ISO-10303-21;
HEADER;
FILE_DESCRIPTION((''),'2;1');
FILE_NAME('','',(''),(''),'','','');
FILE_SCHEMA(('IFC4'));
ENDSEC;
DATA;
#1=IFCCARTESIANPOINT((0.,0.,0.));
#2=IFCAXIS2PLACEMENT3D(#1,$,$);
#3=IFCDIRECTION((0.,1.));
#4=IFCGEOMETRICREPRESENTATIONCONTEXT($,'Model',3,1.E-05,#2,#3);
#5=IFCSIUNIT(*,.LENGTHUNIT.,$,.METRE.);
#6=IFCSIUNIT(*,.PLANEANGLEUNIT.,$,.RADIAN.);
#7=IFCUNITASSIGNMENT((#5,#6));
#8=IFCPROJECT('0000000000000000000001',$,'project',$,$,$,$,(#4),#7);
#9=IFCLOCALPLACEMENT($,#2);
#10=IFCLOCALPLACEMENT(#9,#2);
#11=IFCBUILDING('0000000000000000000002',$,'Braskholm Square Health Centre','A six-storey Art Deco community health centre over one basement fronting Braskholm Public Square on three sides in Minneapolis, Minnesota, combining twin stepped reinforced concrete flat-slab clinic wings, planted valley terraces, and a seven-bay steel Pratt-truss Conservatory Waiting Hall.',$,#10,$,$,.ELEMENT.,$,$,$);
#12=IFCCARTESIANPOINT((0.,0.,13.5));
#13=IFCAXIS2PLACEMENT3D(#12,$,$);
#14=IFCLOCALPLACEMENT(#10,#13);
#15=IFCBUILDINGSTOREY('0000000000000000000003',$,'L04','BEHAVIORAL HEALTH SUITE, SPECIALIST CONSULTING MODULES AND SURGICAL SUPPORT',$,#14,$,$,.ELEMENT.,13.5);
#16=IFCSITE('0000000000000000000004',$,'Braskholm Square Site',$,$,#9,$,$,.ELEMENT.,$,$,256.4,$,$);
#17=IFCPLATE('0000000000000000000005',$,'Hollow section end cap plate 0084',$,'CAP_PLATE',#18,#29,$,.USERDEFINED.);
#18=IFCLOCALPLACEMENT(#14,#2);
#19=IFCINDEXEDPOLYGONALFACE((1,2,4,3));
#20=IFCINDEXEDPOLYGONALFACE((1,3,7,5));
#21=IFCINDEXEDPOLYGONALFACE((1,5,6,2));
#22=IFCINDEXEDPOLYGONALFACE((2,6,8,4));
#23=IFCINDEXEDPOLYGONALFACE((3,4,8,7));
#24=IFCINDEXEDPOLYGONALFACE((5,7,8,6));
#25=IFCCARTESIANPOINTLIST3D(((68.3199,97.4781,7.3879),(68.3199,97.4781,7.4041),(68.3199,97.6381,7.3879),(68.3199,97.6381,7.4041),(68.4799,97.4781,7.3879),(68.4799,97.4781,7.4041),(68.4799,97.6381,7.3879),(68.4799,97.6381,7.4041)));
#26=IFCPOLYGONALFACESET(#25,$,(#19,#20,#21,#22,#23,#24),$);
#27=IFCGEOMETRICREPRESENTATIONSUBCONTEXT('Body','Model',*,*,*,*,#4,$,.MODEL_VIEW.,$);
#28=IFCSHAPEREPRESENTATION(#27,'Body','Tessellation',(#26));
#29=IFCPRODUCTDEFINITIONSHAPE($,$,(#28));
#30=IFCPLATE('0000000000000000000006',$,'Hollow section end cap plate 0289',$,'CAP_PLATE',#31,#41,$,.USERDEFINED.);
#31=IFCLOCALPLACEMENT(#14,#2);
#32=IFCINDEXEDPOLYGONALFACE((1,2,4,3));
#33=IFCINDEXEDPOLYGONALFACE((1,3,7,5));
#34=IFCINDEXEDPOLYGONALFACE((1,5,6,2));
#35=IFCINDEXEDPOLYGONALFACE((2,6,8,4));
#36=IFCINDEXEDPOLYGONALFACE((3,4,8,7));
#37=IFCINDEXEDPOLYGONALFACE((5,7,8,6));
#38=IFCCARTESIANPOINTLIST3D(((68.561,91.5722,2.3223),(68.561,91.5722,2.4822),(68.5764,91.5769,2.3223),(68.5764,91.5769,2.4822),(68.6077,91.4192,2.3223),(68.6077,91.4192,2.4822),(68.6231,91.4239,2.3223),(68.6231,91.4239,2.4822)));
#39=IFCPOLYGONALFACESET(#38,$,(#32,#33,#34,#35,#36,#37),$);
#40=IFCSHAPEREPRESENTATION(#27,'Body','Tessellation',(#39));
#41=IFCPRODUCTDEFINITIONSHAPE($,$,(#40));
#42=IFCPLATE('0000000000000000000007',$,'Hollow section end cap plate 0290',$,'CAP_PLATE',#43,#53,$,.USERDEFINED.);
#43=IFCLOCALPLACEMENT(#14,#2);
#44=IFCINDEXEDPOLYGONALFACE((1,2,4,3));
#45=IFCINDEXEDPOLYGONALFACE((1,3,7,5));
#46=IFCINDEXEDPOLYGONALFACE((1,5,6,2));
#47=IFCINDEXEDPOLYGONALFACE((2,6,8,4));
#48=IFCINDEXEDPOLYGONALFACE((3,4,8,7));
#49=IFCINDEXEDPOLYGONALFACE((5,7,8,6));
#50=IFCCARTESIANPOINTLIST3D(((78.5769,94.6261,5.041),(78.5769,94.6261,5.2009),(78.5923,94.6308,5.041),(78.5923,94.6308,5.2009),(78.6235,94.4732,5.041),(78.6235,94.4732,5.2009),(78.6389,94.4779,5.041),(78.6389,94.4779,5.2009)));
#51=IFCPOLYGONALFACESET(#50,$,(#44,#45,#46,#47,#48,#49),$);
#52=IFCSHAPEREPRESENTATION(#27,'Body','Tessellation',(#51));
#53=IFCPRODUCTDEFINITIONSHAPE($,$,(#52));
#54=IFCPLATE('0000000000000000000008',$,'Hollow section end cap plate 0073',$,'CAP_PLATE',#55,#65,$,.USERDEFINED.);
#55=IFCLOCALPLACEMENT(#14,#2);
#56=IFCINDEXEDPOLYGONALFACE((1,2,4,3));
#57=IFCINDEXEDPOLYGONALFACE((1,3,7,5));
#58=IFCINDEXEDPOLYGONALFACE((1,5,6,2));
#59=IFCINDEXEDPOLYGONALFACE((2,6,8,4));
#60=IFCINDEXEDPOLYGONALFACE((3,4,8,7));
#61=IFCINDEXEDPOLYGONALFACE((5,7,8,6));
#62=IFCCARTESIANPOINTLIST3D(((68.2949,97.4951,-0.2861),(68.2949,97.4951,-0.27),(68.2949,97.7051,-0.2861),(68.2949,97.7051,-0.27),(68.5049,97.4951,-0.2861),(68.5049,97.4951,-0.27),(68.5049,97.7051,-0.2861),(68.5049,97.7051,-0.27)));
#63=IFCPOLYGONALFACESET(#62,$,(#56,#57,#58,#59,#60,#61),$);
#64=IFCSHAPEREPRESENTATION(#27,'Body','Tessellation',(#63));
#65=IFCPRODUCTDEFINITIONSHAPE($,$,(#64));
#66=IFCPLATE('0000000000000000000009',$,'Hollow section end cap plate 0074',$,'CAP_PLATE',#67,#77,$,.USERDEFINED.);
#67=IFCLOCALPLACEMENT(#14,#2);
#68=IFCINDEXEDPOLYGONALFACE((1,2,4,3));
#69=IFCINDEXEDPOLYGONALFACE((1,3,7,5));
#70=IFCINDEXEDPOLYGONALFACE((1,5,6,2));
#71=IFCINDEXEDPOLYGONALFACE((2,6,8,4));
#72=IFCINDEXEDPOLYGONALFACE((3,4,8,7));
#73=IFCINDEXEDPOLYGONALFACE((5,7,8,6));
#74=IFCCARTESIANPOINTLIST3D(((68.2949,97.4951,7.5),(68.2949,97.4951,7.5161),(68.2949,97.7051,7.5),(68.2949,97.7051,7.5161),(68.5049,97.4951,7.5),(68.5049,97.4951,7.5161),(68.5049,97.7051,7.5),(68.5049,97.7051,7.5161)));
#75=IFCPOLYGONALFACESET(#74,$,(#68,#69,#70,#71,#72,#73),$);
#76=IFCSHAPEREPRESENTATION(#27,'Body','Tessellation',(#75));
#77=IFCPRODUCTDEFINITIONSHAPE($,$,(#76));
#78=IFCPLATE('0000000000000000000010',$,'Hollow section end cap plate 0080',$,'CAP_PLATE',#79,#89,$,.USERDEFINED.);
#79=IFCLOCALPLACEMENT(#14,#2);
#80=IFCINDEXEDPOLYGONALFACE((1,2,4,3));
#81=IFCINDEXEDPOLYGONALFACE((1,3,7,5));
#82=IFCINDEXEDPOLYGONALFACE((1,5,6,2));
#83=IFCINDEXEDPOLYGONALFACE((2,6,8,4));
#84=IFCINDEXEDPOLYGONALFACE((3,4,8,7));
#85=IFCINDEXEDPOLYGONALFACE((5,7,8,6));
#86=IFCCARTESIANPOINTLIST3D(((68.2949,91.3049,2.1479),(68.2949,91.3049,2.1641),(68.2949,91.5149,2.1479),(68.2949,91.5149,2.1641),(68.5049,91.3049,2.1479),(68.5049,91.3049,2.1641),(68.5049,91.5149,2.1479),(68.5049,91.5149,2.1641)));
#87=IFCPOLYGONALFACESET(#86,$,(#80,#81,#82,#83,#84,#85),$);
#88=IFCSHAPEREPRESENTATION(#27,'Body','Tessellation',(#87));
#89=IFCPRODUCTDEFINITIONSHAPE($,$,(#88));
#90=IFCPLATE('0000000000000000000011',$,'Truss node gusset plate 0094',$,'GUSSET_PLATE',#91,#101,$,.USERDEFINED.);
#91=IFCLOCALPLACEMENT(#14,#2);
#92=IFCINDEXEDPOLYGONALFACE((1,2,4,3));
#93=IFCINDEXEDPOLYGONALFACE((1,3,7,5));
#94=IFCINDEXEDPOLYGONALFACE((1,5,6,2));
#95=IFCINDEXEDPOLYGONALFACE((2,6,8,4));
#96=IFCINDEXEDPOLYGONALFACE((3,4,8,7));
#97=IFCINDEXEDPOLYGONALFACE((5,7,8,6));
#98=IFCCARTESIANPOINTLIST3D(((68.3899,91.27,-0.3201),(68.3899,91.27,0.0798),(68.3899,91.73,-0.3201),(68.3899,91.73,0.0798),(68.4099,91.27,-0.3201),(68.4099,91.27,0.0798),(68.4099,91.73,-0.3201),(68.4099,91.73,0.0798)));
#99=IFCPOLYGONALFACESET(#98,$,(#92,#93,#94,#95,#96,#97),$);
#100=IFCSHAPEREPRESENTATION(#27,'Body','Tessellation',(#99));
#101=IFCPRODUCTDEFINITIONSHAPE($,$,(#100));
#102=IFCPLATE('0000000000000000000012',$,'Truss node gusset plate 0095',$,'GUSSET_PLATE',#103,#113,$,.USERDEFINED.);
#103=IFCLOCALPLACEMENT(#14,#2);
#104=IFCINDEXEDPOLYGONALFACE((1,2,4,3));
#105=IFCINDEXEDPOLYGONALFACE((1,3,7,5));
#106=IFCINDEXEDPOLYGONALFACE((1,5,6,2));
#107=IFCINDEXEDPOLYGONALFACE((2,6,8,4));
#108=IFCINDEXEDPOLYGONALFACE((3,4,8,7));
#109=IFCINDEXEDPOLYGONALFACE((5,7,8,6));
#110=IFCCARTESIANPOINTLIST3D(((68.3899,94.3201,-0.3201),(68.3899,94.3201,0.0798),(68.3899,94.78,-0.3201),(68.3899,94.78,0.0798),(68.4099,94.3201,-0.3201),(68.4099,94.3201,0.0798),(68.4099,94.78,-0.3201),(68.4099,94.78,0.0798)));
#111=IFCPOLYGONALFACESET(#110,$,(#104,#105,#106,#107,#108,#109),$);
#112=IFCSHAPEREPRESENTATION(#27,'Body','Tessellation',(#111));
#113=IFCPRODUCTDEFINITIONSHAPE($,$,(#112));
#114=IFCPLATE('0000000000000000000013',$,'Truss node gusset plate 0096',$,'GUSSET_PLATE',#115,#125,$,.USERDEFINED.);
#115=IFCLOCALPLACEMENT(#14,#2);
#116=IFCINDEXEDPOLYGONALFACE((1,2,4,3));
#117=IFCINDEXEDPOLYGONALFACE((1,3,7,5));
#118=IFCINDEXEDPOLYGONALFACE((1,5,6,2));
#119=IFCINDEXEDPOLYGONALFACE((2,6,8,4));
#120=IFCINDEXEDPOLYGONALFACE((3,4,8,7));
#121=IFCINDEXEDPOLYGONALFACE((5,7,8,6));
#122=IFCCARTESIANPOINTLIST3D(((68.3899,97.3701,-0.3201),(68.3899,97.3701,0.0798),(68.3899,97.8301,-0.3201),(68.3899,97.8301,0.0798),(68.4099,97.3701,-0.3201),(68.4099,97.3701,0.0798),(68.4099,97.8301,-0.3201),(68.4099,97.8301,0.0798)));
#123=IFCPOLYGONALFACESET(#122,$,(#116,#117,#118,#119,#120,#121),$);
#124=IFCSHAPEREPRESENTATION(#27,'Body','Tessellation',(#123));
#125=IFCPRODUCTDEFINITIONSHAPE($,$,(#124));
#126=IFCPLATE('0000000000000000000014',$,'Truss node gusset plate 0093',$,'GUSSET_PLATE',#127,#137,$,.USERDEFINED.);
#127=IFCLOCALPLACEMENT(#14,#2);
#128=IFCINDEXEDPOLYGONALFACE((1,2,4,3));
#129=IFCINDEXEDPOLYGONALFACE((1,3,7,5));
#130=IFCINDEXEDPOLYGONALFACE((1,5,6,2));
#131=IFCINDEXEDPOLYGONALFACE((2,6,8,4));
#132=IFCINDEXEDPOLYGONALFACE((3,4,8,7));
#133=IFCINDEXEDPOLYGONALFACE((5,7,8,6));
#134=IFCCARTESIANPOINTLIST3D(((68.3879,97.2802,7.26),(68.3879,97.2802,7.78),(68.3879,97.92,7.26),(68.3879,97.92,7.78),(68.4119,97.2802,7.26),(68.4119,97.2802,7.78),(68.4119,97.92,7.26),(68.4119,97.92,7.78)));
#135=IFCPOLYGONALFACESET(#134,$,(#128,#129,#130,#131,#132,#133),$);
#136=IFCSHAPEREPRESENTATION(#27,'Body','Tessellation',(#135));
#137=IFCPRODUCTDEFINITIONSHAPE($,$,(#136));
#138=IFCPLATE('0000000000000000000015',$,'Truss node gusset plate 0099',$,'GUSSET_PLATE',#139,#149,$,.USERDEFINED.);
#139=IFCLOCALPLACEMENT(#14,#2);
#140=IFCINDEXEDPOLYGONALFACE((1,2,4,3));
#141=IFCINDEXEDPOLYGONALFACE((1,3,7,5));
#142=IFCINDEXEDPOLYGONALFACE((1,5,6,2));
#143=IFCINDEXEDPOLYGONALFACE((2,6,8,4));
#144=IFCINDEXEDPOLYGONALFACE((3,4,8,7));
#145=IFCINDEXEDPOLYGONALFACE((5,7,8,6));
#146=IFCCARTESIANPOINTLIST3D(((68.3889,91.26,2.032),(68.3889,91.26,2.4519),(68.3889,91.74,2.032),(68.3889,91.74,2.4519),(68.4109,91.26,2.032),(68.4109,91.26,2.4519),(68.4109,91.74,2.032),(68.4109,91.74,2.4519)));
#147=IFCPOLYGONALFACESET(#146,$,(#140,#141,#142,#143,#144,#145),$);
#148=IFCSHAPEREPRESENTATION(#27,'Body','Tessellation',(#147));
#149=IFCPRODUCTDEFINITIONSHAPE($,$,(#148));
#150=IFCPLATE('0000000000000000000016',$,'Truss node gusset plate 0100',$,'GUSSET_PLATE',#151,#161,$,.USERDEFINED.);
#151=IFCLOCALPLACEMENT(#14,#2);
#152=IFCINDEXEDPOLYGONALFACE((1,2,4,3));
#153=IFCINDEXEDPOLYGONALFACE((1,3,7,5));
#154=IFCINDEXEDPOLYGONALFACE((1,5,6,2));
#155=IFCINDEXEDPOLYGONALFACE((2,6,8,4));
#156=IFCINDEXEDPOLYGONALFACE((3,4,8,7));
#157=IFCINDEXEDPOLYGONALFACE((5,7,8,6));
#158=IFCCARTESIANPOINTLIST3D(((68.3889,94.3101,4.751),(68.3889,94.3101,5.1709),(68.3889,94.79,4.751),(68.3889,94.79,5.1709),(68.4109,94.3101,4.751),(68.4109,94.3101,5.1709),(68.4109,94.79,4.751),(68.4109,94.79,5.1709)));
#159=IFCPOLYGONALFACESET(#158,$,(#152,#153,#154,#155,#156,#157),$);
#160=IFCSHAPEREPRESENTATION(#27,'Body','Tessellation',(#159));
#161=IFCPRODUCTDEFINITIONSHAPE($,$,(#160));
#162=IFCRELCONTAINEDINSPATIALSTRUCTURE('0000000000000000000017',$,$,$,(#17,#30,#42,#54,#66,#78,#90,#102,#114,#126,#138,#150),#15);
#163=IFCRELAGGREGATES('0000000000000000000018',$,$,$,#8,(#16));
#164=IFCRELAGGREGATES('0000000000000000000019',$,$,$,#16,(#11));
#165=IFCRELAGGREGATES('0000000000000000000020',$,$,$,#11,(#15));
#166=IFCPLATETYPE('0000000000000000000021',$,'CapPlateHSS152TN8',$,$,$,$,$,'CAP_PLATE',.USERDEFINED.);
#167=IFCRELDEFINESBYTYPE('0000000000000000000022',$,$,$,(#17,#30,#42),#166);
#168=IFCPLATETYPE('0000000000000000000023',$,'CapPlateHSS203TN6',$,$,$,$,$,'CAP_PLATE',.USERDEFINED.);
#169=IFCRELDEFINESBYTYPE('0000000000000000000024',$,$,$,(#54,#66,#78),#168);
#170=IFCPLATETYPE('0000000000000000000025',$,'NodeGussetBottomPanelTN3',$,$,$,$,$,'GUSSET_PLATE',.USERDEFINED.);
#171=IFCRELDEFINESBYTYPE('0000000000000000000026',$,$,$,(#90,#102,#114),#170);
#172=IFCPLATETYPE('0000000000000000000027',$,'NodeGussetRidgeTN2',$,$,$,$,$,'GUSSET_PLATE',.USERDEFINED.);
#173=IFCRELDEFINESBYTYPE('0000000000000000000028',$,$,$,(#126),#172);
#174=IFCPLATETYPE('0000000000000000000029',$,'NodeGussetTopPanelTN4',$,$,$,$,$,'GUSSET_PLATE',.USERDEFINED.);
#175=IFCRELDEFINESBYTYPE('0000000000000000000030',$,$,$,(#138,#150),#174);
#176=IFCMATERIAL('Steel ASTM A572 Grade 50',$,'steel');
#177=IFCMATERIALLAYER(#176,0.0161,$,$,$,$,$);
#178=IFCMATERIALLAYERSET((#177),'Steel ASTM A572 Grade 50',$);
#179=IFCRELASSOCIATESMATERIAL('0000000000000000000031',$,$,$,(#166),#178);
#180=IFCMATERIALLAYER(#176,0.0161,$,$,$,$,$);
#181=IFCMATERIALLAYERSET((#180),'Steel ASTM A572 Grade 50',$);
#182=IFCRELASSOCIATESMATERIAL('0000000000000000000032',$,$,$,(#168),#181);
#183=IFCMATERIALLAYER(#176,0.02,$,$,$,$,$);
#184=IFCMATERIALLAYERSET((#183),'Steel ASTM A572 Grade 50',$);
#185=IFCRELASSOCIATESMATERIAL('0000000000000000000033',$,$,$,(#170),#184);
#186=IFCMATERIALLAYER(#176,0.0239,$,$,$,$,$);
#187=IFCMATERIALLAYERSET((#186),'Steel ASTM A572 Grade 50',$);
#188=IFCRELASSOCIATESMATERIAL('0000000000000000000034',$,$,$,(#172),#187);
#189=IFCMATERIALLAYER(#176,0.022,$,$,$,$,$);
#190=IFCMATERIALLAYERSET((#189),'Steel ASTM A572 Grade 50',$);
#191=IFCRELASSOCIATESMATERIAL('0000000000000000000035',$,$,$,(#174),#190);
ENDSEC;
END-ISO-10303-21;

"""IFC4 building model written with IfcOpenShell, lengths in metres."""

from ifc_helpers import new_model, si_unit, direction, frame, origin, origin_2d, place, context, subcontext, project, spatial, rectangle, extrude, material, layer, layer_set, type_object, element, save


model = new_model("IFC4")

# Units and contexts
model_context = context("Model", 3, precision=1e-05, world=origin(), true_north=direction((0.0, 1.0)))
body_context = subcontext(model_context, "Body", "Model", "MODEL_VIEW")
ifc_project = project(units=[si_unit("LENGTHUNIT", "METRE"), si_unit("PLANEANGLEUNIT", "RADIAN")], contexts=[model_context])

# Site, building, storey
site_placement = place(None, origin())
site = spatial("IfcSite", under=ifc_project, at=site_placement, Name="Braskholm Square Site", CompositionType="ELEMENT", RefElevation=256.4)
building_placement = place(site_placement, origin())
building = spatial("IfcBuilding", under=site, at=building_placement, Name="Braskholm Square Health Centre", Description="A six-storey Art Deco community health centre over one basement fronting Braskholm Public Square on three sides in Minneapolis, Minnesota, combining twin stepped reinforced concrete flat-slab clinic wings, planted valley terraces, and a seven-bay steel Pratt-truss Conservatory Waiting Hall.", CompositionType="ELEMENT")
storey_placement = place(building_placement, frame((0.0, 0.0, 13.5)))
storey = spatial("IfcBuildingStorey", under=building, at=storey_placement, Name="L04", Description="BEHAVIORAL HEALTH SUITE, SPECIALIST CONSULTING MODULES AND SURGICAL SUPPORT", CompositionType="ELEMENT", Elevation=13.5)

# Plates
ifc_material_1 = material(Name="Steel ASTM A572 Grade 50", Category="steel")
ifc_layer_1 = layer(ifc_material_1, 0.0161)
ifc_layer_set_1 = layer_set([ifc_layer_1], Name="Steel ASTM A572 Grade 50")
plate_type_1 = type_object("IfcPlateType", Name="CapPlateHSS152TN8", ElementType="CAP_PLATE", PredefinedType="USERDEFINED", material=ifc_layer_set_1)
for number, where, z_axis, x_axis, name in (
    (1, (68.3999, 97.5581, 7.3879), (0.0, 0.0, 1.0), (1.0, 0.0, 0.0), "Hollow section end cap plate 0084"),
):
    element("IfcPlate", number, at=place(storey_placement, frame(where, z_axis=z_axis, x_axis=x_axis)), inside=storey, type_object=plate_type_1, Name=name, ObjectType="CAP_PLATE", PredefinedType="USERDEFINED", context=body_context, shape_type="SweptSolid", body=[
        extrude(rectangle(XDim=0.1599, YDim=0.1599, at=origin_2d()), origin(), (0.0, 0.0, 1.0), 0.0161),
    ])
for number, where, z_axis, x_axis, name in (
    (2, (68.592, 91.498, 2.3223), (0.0, 0.0, 1.0), (0.956498, 0.291737, 0.0), "Hollow section end cap plate 0289"),
    (3, (78.6079, 94.552, 5.041), (0.0, 0.0, 1.0), (0.956498, 0.291737, 0.0), "Hollow section end cap plate 0290"),
):
    element("IfcPlate", number, at=place(storey_placement, frame(where, z_axis=z_axis, x_axis=x_axis)), inside=storey, type_object=plate_type_1, Name=name, ObjectType="CAP_PLATE", PredefinedType="USERDEFINED", context=body_context, shape_type="SweptSolid", body=[
        extrude(rectangle(XDim=0.0161, YDim=0.1599, at=origin_2d()), origin(), (0.0, 0.0, 1.0), 0.1599),
    ])
ifc_layer_2 = layer(ifc_material_1, 0.0161)
ifc_layer_set_2 = layer_set([ifc_layer_2], Name="Steel ASTM A572 Grade 50")
plate_type_2 = type_object("IfcPlateType", Name="CapPlateHSS203TN6", ElementType="CAP_PLATE", PredefinedType="USERDEFINED", material=ifc_layer_set_2)
for number, where, z_axis, x_axis, name in (
    (4, (68.3999, 97.6001, -0.2861), (0.0, 0.0, 1.0), (1.0, 0.0, 0.0), "Hollow section end cap plate 0073"),
    (5, (68.3999, 97.6001, 7.5), (0.0, 0.0, 1.0), (1.0, 0.0, 0.0), "Hollow section end cap plate 0074"),
    (6, (68.3999, 91.4099, 2.1479), (0.0, 0.0, 1.0), (1.0, 0.0, 0.0), "Hollow section end cap plate 0080"),
):
    element("IfcPlate", number, at=place(storey_placement, frame(where, z_axis=z_axis, x_axis=x_axis)), inside=storey, type_object=plate_type_2, Name=name, ObjectType="CAP_PLATE", PredefinedType="USERDEFINED", context=body_context, shape_type="SweptSolid", body=[
        extrude(rectangle(XDim=0.21, YDim=0.21, at=origin_2d()), origin(), (0.0, 0.0, 1.0), 0.0161),
    ])
ifc_layer_3 = layer(ifc_material_1, 0.02)
ifc_layer_set_3 = layer_set([ifc_layer_3], Name="Steel ASTM A572 Grade 50")
plate_type_3 = type_object("IfcPlateType", Name="NodeGussetBottomPanelTN3", ElementType="GUSSET_PLATE", PredefinedType="USERDEFINED", material=ifc_layer_set_3)
for number, where, z_axis, x_axis, name in (
    (7, (68.3999, 91.5, -0.3201), (0.0, 0.0, 1.0), (1.0, 0.0, 0.0), "Truss node gusset plate 0094"),
    (8, (68.3999, 94.55, -0.3201), (0.0, 0.0, 1.0), (1.0, 0.0, 0.0), "Truss node gusset plate 0095"),
    (9, (68.3999, 97.6001, -0.3201), (0.0, 0.0, 1.0), (1.0, 0.0, 0.0), "Truss node gusset plate 0096"),
):
    element("IfcPlate", number, at=place(storey_placement, frame(where, z_axis=z_axis, x_axis=x_axis)), inside=storey, type_object=plate_type_3, Name=name, ObjectType="GUSSET_PLATE", PredefinedType="USERDEFINED", context=body_context, shape_type="SweptSolid", body=[
        extrude(rectangle(XDim=0.02, YDim=0.46, at=origin_2d()), origin(), (0.0, 0.0, 1.0), 0.3999),
    ])
ifc_layer_4 = layer(ifc_material_1, 0.0239)
ifc_layer_set_4 = layer_set([ifc_layer_4], Name="Steel ASTM A572 Grade 50")
plate_type_4 = type_object("IfcPlateType", Name="NodeGussetRidgeTN2", ElementType="GUSSET_PLATE", PredefinedType="USERDEFINED", material=ifc_layer_set_4)
plate_placement = place(storey_placement, frame((68.3999, 97.6001, 7.26), z_axis=(0.0, 0.0, 1.0), x_axis=(1.0, 0.0, 0.0)))
element("IfcPlate", 10, at=plate_placement, inside=storey, type_object=plate_type_4, Name="Truss node gusset plate 0093", ObjectType="GUSSET_PLATE", PredefinedType="USERDEFINED", context=body_context, shape_type="SweptSolid", body=[
    extrude(rectangle(XDim=0.0239, YDim=0.6399, at=origin_2d()), origin(), (0.0, 0.0, 1.0), 0.52),
])
ifc_layer_5 = layer(ifc_material_1, 0.022)
ifc_layer_set_5 = layer_set([ifc_layer_5], Name="Steel ASTM A572 Grade 50")
plate_type_5 = type_object("IfcPlateType", Name="NodeGussetTopPanelTN4", ElementType="GUSSET_PLATE", PredefinedType="USERDEFINED", material=ifc_layer_set_5)
for number, where, z_axis, x_axis, name in (
    (11, (68.3999, 91.5, 2.032), (0.0, 0.0, 1.0), (1.0, 0.0, 0.0), "Truss node gusset plate 0099"),
    (12, (68.3999, 94.55, 4.751), (0.0, 0.0, 1.0), (1.0, 0.0, 0.0), "Truss node gusset plate 0100"),
):
    element("IfcPlate", number, at=place(storey_placement, frame(where, z_axis=z_axis, x_axis=x_axis)), inside=storey, type_object=plate_type_5, Name=name, ObjectType="GUSSET_PLATE", PredefinedType="USERDEFINED", context=body_context, shape_type="SweptSolid", body=[
        extrude(rectangle(XDim=0.022, YDim=0.48, at=origin_2d()), origin(), (0.0, 0.0, 1.0), 0.4199),
    ])

save(model, "model.ifc")
